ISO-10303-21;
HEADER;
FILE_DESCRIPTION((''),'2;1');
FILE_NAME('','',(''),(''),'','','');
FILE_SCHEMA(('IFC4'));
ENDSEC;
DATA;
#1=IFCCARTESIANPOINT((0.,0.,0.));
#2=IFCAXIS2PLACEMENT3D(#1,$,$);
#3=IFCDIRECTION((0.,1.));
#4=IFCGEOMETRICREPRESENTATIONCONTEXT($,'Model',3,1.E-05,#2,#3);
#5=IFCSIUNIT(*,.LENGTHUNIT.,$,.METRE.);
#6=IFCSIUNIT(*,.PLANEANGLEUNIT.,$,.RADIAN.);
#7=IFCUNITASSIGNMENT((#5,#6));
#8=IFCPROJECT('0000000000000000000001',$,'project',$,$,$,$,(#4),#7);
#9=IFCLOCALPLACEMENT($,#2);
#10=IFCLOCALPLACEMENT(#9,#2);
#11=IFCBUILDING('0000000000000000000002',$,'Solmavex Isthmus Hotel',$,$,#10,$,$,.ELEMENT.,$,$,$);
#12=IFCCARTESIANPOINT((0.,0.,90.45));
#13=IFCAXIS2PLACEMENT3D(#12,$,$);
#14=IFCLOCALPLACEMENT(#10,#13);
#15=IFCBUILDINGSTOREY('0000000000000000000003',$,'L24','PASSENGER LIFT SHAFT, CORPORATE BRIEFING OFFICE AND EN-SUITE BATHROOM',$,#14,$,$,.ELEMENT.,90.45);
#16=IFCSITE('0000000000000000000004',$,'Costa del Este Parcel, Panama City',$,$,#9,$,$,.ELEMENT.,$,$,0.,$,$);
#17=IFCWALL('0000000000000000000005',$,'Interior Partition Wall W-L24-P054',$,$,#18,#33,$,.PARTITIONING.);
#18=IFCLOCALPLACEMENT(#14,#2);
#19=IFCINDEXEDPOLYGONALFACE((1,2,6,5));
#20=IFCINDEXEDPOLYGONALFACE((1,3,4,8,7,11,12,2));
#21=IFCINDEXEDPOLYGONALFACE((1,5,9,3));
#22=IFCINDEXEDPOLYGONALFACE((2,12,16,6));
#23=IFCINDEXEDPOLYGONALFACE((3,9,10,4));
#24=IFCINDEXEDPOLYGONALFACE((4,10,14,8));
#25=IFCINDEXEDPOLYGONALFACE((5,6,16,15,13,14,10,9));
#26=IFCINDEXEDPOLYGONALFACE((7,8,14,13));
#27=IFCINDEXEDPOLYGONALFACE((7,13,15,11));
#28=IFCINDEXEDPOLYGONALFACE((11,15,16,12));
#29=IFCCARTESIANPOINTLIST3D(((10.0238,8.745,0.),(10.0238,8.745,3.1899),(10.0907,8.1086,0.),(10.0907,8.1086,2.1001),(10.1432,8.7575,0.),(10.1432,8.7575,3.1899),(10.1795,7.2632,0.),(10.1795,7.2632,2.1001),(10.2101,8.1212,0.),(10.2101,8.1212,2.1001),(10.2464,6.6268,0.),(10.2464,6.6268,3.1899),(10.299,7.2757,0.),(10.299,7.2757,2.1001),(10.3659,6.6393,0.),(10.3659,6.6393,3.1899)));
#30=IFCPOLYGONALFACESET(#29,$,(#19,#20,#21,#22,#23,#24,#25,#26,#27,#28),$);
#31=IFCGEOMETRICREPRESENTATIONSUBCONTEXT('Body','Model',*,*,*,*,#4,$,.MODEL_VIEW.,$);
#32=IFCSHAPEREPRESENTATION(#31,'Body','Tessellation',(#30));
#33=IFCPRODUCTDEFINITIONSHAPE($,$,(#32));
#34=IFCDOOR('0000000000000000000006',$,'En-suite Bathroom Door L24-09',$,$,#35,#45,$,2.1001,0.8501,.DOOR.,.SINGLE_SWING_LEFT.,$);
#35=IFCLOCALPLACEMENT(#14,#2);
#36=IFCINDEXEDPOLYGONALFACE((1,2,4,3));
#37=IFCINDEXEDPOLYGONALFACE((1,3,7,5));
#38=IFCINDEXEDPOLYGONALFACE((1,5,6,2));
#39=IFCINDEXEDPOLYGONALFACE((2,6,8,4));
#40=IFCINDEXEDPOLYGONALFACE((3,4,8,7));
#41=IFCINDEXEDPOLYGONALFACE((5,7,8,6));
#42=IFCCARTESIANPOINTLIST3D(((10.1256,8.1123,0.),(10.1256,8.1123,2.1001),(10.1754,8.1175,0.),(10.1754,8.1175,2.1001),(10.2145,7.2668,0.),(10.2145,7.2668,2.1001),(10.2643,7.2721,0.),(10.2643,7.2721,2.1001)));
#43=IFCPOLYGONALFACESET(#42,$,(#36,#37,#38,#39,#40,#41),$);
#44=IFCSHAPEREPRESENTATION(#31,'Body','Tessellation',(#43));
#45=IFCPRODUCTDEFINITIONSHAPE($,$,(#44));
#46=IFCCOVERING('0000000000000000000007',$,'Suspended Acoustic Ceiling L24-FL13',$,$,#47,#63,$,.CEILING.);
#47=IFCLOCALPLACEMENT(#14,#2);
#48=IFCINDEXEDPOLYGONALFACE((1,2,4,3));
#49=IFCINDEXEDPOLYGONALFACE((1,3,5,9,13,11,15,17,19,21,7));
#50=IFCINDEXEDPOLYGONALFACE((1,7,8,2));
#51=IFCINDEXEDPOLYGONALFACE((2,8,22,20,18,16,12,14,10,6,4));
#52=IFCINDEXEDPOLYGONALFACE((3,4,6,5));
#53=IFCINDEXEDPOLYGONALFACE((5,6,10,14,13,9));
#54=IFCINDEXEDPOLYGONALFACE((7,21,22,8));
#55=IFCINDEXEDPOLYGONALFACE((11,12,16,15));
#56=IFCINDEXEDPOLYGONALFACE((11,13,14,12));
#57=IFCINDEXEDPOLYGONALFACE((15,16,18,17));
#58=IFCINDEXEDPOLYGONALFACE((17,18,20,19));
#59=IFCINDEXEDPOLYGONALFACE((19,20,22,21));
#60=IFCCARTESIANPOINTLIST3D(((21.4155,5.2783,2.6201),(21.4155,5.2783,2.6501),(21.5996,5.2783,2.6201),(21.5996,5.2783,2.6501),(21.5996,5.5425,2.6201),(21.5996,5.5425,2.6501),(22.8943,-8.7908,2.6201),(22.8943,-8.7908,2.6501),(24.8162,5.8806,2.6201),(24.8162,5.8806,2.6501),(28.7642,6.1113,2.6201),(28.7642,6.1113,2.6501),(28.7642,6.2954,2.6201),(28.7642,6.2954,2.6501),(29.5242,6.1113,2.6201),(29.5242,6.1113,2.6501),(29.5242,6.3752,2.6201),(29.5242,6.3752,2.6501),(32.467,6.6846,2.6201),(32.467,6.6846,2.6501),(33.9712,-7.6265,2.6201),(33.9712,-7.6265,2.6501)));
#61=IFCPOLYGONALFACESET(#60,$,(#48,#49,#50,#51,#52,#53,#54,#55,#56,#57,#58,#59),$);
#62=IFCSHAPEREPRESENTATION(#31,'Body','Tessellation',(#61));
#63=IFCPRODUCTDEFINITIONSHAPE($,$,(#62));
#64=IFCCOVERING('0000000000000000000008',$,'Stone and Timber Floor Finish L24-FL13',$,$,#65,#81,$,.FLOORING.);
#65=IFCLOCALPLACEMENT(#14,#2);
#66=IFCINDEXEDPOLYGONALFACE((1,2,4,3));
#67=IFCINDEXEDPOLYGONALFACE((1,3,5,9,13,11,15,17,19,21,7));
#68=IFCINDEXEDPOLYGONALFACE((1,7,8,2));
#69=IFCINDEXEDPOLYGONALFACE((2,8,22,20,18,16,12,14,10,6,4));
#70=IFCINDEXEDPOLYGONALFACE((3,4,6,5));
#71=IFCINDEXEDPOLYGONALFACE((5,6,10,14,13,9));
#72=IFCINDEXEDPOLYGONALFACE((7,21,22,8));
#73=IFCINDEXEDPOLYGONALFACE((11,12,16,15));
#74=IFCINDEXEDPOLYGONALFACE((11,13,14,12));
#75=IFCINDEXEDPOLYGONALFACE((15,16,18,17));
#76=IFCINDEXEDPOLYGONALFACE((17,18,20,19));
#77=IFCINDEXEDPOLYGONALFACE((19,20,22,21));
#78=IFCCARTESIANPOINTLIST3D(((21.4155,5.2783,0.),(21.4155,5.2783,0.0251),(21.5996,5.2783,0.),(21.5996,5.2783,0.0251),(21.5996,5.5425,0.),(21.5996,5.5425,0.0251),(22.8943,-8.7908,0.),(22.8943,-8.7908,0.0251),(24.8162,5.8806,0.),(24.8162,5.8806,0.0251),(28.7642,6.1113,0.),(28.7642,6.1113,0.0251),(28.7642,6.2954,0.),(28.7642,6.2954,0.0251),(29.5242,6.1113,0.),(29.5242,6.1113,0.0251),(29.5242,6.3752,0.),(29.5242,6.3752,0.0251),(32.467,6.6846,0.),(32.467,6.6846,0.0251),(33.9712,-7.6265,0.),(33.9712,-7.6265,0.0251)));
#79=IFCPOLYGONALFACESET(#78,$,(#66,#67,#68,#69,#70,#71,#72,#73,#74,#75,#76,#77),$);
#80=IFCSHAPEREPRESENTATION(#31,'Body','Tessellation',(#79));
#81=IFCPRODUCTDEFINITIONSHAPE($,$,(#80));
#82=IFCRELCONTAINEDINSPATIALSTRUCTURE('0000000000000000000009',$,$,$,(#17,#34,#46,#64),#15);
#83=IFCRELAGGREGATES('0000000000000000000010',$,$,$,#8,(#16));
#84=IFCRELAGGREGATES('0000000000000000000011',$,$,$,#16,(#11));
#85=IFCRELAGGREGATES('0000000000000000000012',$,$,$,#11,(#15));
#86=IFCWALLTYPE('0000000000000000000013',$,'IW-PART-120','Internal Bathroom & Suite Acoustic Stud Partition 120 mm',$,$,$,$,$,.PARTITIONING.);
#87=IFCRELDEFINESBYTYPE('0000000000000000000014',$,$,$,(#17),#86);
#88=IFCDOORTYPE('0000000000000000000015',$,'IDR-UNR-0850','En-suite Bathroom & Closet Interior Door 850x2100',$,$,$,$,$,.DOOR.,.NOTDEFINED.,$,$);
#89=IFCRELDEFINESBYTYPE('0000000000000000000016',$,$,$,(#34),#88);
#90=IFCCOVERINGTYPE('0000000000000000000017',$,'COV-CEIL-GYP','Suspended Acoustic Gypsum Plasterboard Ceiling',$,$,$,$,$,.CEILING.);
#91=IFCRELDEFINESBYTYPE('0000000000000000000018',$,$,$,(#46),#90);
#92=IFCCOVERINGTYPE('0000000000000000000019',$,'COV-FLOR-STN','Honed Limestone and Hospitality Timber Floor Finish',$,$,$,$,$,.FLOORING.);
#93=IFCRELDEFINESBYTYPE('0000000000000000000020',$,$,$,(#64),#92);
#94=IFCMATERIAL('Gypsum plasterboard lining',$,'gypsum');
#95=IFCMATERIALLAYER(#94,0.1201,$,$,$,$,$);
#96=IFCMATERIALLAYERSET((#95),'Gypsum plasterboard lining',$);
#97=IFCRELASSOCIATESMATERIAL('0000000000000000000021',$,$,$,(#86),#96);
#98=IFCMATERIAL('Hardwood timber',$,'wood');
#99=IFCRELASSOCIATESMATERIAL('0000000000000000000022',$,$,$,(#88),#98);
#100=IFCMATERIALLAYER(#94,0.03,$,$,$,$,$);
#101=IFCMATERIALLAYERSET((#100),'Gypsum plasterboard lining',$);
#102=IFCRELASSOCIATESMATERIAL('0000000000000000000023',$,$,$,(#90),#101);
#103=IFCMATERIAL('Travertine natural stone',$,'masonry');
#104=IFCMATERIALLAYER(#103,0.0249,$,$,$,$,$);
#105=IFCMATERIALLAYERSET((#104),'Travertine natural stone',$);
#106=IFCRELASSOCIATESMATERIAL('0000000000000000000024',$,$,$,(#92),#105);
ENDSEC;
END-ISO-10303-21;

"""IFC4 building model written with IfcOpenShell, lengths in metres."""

from ifc_helpers import new_model, si_unit, direction, frame, frame_2d, origin, place, context, subcontext, project, spatial, polyline, rectangle, outline, extrude, material, layer, layer_set, type_object, element, fill, save


model = new_model("IFC4")

# Units and contexts
model_context = context("Model", 3, precision=1e-05, world=origin(), true_north=direction((0.0, 1.0)))
body_context = subcontext(model_context, "Body", "Model", "MODEL_VIEW")
ifc_project = project(units=[si_unit("LENGTHUNIT", "METRE"), si_unit("PLANEANGLEUNIT", "RADIAN")], contexts=[model_context])

# Site, building, storey
site_placement = place(None, origin())
site = spatial("IfcSite", under=ifc_project, at=site_placement, Name="Costa del Este Parcel, Panama City", CompositionType="ELEMENT", RefElevation=0.0)
building_placement = place(site_placement, origin())
building = spatial("IfcBuilding", under=site, at=building_placement, Name="Solmavex Isthmus Hotel", CompositionType="ELEMENT")
storey_placement = place(building_placement, frame((0.0, 0.0, 90.45)))
storey = spatial("IfcBuildingStorey", under=building, at=storey_placement, Name="L24", Description="PASSENGER LIFT SHAFT, CORPORATE BRIEFING OFFICE AND EN-SUITE BATHROOM", CompositionType="ELEMENT", Elevation=90.45)

# Shared definitions
ifc_material_1 = material(Name="Gypsum plasterboard lining", Category="gypsum")
ifc_material_2 = material(Name="Hardwood timber", Category="wood")

# Wall, opening, door
ifc_layer_1 = layer(ifc_material_1, 0.1201)
ifc_layer_set_1 = layer_set([ifc_layer_1], Name="Gypsum plasterboard lining")
wall_type_1 = type_object("IfcWallType", Name="IW-PART-120", Description="Internal Bathroom & Suite Acoustic Stud Partition 120 mm", PredefinedType="PARTITIONING", material=ifc_layer_set_1)
door_type_1 = type_object("IfcDoorType", Name="IDR-UNR-0850", Description="En-suite Bathroom & Closet Interior Door 850x2100", OperationType="NOTDEFINED", PredefinedType="DOOR", material=ifc_material_2)
wall_1_placement = place(storey_placement, frame((10.3062, 6.6331, 0.0), z_axis=(0.0, 0.0, 1.0), x_axis=(-0.104542, 0.994521, 0.0)))
wall_1 = element("IfcWall", 1, at=wall_1_placement, inside=storey, type_object=wall_type_1, Name="Interior Partition Wall W-L24-P054", PredefinedType="PARTITIONING", context=body_context, shape_type="SweptSolid", body=[
    extrude(rectangle(XDim=2.1299, YDim=0.1201, at=frame_2d((1.0649, 0.0))), origin(), (0.0, 0.0, 1.0), 3.1899),
])
opening_1_placement = place(wall_1_placement, frame((0.6399, 0.0, 0.0)))
opening_1 = element("IfcOpeningElement", 2, at=opening_1_placement, cuts=wall_1, PredefinedType="OPENING", context=body_context, shape_type="SweptSolid", body=[
    extrude(rectangle(XDim=0.8501, YDim=2.1001, at=frame_2d((0.425, 1.05))), frame((0.0, 0.0701, 0.0), z_axis=(0.0, -1.0, 0.0), x_axis=(1.0, 0.0, 0.0)), (0.0, 0.0, 1.0), 0.1401),
])
door_1_placement = place(opening_1_placement, origin())
door_1 = element("IfcDoor", 3, at=door_1_placement, inside=storey, type_object=door_type_1, Name="En-suite Bathroom Door L24-09", OperationType="SINGLE_SWING_LEFT", OverallHeight=2.1001, OverallWidth=0.8501, PredefinedType="DOOR", context=body_context, shape_type="SweptSolid", body=[
    extrude(rectangle(XDim=0.8501, YDim=2.1001, at=frame_2d((0.425, 1.05))), frame((0.0, 0.0249, 0.0), z_axis=(0.0, -1.0, 0.0), x_axis=(1.0, 0.0, 0.0)), (0.0, 0.0, 1.0), 0.05),
])
fill(opening_1, door_1)

# Coverings
ifc_layer_2 = layer(ifc_material_1, 0.03)
ifc_layer_set_2 = layer_set([ifc_layer_2], Name="Gypsum plasterboard lining")
covering_type_1 = type_object("IfcCoveringType", Name="COV-CEIL-GYP", Description="Suspended Acoustic Gypsum Plasterboard Ceiling", PredefinedType="CEILING", material=ifc_layer_set_2)
covering_1_placement = place(storey_placement, frame((0.0, 0.0, 2.6201)))
element("IfcCovering", 4, at=covering_1_placement, inside=storey, type_object=covering_type_1, Name="Suspended Acoustic Ceiling L24-FL13", PredefinedType="CEILING", context=body_context, shape_type="SweptSolid", body=[
    extrude(outline(polyline([(29.5242, 6.3752), (29.5242, 6.1113), (28.7642, 6.1113), (28.7642, 6.2954), (24.8162, 5.8806), (21.5996, 5.5425), (21.5996, 5.2783), (21.4155, 5.2783), (22.8943, -8.7908), (33.9712, -7.6265), (32.467, 6.6846), (29.5242, 6.3752)])), origin(), (0.0, 0.0, 1.0), 0.03),
])
ifc_material_3 = material(Name="Travertine natural stone", Category="masonry")
ifc_layer_3 = layer(ifc_material_3, 0.0249)
ifc_layer_set_3 = layer_set([ifc_layer_3], Name="Travertine natural stone")
covering_type_2 = type_object("IfcCoveringType", Name="COV-FLOR-STN", Description="Honed Limestone and Hospitality Timber Floor Finish", PredefinedType="FLOORING", material=ifc_layer_set_3)
covering_2_placement = place(storey_placement, origin())
element("IfcCovering", 5, at=covering_2_placement, inside=storey, type_object=covering_type_2, Name="Stone and Timber Floor Finish L24-FL13", PredefinedType="FLOORING", context=body_context, shape_type="SweptSolid", body=[
    extrude(outline(polyline([(29.5242, 6.3752), (29.5242, 6.1113), (28.7642, 6.1113), (28.7642, 6.2954), (24.8162, 5.8806), (21.5996, 5.5425), (21.5996, 5.2783), (21.4155, 5.2783), (22.8943, -8.7908), (33.9712, -7.6265), (32.467, 6.6846), (29.5242, 6.3752)])), origin(), (0.0, 0.0, 1.0), 0.0251),
])

save(model, "model.ifc")
